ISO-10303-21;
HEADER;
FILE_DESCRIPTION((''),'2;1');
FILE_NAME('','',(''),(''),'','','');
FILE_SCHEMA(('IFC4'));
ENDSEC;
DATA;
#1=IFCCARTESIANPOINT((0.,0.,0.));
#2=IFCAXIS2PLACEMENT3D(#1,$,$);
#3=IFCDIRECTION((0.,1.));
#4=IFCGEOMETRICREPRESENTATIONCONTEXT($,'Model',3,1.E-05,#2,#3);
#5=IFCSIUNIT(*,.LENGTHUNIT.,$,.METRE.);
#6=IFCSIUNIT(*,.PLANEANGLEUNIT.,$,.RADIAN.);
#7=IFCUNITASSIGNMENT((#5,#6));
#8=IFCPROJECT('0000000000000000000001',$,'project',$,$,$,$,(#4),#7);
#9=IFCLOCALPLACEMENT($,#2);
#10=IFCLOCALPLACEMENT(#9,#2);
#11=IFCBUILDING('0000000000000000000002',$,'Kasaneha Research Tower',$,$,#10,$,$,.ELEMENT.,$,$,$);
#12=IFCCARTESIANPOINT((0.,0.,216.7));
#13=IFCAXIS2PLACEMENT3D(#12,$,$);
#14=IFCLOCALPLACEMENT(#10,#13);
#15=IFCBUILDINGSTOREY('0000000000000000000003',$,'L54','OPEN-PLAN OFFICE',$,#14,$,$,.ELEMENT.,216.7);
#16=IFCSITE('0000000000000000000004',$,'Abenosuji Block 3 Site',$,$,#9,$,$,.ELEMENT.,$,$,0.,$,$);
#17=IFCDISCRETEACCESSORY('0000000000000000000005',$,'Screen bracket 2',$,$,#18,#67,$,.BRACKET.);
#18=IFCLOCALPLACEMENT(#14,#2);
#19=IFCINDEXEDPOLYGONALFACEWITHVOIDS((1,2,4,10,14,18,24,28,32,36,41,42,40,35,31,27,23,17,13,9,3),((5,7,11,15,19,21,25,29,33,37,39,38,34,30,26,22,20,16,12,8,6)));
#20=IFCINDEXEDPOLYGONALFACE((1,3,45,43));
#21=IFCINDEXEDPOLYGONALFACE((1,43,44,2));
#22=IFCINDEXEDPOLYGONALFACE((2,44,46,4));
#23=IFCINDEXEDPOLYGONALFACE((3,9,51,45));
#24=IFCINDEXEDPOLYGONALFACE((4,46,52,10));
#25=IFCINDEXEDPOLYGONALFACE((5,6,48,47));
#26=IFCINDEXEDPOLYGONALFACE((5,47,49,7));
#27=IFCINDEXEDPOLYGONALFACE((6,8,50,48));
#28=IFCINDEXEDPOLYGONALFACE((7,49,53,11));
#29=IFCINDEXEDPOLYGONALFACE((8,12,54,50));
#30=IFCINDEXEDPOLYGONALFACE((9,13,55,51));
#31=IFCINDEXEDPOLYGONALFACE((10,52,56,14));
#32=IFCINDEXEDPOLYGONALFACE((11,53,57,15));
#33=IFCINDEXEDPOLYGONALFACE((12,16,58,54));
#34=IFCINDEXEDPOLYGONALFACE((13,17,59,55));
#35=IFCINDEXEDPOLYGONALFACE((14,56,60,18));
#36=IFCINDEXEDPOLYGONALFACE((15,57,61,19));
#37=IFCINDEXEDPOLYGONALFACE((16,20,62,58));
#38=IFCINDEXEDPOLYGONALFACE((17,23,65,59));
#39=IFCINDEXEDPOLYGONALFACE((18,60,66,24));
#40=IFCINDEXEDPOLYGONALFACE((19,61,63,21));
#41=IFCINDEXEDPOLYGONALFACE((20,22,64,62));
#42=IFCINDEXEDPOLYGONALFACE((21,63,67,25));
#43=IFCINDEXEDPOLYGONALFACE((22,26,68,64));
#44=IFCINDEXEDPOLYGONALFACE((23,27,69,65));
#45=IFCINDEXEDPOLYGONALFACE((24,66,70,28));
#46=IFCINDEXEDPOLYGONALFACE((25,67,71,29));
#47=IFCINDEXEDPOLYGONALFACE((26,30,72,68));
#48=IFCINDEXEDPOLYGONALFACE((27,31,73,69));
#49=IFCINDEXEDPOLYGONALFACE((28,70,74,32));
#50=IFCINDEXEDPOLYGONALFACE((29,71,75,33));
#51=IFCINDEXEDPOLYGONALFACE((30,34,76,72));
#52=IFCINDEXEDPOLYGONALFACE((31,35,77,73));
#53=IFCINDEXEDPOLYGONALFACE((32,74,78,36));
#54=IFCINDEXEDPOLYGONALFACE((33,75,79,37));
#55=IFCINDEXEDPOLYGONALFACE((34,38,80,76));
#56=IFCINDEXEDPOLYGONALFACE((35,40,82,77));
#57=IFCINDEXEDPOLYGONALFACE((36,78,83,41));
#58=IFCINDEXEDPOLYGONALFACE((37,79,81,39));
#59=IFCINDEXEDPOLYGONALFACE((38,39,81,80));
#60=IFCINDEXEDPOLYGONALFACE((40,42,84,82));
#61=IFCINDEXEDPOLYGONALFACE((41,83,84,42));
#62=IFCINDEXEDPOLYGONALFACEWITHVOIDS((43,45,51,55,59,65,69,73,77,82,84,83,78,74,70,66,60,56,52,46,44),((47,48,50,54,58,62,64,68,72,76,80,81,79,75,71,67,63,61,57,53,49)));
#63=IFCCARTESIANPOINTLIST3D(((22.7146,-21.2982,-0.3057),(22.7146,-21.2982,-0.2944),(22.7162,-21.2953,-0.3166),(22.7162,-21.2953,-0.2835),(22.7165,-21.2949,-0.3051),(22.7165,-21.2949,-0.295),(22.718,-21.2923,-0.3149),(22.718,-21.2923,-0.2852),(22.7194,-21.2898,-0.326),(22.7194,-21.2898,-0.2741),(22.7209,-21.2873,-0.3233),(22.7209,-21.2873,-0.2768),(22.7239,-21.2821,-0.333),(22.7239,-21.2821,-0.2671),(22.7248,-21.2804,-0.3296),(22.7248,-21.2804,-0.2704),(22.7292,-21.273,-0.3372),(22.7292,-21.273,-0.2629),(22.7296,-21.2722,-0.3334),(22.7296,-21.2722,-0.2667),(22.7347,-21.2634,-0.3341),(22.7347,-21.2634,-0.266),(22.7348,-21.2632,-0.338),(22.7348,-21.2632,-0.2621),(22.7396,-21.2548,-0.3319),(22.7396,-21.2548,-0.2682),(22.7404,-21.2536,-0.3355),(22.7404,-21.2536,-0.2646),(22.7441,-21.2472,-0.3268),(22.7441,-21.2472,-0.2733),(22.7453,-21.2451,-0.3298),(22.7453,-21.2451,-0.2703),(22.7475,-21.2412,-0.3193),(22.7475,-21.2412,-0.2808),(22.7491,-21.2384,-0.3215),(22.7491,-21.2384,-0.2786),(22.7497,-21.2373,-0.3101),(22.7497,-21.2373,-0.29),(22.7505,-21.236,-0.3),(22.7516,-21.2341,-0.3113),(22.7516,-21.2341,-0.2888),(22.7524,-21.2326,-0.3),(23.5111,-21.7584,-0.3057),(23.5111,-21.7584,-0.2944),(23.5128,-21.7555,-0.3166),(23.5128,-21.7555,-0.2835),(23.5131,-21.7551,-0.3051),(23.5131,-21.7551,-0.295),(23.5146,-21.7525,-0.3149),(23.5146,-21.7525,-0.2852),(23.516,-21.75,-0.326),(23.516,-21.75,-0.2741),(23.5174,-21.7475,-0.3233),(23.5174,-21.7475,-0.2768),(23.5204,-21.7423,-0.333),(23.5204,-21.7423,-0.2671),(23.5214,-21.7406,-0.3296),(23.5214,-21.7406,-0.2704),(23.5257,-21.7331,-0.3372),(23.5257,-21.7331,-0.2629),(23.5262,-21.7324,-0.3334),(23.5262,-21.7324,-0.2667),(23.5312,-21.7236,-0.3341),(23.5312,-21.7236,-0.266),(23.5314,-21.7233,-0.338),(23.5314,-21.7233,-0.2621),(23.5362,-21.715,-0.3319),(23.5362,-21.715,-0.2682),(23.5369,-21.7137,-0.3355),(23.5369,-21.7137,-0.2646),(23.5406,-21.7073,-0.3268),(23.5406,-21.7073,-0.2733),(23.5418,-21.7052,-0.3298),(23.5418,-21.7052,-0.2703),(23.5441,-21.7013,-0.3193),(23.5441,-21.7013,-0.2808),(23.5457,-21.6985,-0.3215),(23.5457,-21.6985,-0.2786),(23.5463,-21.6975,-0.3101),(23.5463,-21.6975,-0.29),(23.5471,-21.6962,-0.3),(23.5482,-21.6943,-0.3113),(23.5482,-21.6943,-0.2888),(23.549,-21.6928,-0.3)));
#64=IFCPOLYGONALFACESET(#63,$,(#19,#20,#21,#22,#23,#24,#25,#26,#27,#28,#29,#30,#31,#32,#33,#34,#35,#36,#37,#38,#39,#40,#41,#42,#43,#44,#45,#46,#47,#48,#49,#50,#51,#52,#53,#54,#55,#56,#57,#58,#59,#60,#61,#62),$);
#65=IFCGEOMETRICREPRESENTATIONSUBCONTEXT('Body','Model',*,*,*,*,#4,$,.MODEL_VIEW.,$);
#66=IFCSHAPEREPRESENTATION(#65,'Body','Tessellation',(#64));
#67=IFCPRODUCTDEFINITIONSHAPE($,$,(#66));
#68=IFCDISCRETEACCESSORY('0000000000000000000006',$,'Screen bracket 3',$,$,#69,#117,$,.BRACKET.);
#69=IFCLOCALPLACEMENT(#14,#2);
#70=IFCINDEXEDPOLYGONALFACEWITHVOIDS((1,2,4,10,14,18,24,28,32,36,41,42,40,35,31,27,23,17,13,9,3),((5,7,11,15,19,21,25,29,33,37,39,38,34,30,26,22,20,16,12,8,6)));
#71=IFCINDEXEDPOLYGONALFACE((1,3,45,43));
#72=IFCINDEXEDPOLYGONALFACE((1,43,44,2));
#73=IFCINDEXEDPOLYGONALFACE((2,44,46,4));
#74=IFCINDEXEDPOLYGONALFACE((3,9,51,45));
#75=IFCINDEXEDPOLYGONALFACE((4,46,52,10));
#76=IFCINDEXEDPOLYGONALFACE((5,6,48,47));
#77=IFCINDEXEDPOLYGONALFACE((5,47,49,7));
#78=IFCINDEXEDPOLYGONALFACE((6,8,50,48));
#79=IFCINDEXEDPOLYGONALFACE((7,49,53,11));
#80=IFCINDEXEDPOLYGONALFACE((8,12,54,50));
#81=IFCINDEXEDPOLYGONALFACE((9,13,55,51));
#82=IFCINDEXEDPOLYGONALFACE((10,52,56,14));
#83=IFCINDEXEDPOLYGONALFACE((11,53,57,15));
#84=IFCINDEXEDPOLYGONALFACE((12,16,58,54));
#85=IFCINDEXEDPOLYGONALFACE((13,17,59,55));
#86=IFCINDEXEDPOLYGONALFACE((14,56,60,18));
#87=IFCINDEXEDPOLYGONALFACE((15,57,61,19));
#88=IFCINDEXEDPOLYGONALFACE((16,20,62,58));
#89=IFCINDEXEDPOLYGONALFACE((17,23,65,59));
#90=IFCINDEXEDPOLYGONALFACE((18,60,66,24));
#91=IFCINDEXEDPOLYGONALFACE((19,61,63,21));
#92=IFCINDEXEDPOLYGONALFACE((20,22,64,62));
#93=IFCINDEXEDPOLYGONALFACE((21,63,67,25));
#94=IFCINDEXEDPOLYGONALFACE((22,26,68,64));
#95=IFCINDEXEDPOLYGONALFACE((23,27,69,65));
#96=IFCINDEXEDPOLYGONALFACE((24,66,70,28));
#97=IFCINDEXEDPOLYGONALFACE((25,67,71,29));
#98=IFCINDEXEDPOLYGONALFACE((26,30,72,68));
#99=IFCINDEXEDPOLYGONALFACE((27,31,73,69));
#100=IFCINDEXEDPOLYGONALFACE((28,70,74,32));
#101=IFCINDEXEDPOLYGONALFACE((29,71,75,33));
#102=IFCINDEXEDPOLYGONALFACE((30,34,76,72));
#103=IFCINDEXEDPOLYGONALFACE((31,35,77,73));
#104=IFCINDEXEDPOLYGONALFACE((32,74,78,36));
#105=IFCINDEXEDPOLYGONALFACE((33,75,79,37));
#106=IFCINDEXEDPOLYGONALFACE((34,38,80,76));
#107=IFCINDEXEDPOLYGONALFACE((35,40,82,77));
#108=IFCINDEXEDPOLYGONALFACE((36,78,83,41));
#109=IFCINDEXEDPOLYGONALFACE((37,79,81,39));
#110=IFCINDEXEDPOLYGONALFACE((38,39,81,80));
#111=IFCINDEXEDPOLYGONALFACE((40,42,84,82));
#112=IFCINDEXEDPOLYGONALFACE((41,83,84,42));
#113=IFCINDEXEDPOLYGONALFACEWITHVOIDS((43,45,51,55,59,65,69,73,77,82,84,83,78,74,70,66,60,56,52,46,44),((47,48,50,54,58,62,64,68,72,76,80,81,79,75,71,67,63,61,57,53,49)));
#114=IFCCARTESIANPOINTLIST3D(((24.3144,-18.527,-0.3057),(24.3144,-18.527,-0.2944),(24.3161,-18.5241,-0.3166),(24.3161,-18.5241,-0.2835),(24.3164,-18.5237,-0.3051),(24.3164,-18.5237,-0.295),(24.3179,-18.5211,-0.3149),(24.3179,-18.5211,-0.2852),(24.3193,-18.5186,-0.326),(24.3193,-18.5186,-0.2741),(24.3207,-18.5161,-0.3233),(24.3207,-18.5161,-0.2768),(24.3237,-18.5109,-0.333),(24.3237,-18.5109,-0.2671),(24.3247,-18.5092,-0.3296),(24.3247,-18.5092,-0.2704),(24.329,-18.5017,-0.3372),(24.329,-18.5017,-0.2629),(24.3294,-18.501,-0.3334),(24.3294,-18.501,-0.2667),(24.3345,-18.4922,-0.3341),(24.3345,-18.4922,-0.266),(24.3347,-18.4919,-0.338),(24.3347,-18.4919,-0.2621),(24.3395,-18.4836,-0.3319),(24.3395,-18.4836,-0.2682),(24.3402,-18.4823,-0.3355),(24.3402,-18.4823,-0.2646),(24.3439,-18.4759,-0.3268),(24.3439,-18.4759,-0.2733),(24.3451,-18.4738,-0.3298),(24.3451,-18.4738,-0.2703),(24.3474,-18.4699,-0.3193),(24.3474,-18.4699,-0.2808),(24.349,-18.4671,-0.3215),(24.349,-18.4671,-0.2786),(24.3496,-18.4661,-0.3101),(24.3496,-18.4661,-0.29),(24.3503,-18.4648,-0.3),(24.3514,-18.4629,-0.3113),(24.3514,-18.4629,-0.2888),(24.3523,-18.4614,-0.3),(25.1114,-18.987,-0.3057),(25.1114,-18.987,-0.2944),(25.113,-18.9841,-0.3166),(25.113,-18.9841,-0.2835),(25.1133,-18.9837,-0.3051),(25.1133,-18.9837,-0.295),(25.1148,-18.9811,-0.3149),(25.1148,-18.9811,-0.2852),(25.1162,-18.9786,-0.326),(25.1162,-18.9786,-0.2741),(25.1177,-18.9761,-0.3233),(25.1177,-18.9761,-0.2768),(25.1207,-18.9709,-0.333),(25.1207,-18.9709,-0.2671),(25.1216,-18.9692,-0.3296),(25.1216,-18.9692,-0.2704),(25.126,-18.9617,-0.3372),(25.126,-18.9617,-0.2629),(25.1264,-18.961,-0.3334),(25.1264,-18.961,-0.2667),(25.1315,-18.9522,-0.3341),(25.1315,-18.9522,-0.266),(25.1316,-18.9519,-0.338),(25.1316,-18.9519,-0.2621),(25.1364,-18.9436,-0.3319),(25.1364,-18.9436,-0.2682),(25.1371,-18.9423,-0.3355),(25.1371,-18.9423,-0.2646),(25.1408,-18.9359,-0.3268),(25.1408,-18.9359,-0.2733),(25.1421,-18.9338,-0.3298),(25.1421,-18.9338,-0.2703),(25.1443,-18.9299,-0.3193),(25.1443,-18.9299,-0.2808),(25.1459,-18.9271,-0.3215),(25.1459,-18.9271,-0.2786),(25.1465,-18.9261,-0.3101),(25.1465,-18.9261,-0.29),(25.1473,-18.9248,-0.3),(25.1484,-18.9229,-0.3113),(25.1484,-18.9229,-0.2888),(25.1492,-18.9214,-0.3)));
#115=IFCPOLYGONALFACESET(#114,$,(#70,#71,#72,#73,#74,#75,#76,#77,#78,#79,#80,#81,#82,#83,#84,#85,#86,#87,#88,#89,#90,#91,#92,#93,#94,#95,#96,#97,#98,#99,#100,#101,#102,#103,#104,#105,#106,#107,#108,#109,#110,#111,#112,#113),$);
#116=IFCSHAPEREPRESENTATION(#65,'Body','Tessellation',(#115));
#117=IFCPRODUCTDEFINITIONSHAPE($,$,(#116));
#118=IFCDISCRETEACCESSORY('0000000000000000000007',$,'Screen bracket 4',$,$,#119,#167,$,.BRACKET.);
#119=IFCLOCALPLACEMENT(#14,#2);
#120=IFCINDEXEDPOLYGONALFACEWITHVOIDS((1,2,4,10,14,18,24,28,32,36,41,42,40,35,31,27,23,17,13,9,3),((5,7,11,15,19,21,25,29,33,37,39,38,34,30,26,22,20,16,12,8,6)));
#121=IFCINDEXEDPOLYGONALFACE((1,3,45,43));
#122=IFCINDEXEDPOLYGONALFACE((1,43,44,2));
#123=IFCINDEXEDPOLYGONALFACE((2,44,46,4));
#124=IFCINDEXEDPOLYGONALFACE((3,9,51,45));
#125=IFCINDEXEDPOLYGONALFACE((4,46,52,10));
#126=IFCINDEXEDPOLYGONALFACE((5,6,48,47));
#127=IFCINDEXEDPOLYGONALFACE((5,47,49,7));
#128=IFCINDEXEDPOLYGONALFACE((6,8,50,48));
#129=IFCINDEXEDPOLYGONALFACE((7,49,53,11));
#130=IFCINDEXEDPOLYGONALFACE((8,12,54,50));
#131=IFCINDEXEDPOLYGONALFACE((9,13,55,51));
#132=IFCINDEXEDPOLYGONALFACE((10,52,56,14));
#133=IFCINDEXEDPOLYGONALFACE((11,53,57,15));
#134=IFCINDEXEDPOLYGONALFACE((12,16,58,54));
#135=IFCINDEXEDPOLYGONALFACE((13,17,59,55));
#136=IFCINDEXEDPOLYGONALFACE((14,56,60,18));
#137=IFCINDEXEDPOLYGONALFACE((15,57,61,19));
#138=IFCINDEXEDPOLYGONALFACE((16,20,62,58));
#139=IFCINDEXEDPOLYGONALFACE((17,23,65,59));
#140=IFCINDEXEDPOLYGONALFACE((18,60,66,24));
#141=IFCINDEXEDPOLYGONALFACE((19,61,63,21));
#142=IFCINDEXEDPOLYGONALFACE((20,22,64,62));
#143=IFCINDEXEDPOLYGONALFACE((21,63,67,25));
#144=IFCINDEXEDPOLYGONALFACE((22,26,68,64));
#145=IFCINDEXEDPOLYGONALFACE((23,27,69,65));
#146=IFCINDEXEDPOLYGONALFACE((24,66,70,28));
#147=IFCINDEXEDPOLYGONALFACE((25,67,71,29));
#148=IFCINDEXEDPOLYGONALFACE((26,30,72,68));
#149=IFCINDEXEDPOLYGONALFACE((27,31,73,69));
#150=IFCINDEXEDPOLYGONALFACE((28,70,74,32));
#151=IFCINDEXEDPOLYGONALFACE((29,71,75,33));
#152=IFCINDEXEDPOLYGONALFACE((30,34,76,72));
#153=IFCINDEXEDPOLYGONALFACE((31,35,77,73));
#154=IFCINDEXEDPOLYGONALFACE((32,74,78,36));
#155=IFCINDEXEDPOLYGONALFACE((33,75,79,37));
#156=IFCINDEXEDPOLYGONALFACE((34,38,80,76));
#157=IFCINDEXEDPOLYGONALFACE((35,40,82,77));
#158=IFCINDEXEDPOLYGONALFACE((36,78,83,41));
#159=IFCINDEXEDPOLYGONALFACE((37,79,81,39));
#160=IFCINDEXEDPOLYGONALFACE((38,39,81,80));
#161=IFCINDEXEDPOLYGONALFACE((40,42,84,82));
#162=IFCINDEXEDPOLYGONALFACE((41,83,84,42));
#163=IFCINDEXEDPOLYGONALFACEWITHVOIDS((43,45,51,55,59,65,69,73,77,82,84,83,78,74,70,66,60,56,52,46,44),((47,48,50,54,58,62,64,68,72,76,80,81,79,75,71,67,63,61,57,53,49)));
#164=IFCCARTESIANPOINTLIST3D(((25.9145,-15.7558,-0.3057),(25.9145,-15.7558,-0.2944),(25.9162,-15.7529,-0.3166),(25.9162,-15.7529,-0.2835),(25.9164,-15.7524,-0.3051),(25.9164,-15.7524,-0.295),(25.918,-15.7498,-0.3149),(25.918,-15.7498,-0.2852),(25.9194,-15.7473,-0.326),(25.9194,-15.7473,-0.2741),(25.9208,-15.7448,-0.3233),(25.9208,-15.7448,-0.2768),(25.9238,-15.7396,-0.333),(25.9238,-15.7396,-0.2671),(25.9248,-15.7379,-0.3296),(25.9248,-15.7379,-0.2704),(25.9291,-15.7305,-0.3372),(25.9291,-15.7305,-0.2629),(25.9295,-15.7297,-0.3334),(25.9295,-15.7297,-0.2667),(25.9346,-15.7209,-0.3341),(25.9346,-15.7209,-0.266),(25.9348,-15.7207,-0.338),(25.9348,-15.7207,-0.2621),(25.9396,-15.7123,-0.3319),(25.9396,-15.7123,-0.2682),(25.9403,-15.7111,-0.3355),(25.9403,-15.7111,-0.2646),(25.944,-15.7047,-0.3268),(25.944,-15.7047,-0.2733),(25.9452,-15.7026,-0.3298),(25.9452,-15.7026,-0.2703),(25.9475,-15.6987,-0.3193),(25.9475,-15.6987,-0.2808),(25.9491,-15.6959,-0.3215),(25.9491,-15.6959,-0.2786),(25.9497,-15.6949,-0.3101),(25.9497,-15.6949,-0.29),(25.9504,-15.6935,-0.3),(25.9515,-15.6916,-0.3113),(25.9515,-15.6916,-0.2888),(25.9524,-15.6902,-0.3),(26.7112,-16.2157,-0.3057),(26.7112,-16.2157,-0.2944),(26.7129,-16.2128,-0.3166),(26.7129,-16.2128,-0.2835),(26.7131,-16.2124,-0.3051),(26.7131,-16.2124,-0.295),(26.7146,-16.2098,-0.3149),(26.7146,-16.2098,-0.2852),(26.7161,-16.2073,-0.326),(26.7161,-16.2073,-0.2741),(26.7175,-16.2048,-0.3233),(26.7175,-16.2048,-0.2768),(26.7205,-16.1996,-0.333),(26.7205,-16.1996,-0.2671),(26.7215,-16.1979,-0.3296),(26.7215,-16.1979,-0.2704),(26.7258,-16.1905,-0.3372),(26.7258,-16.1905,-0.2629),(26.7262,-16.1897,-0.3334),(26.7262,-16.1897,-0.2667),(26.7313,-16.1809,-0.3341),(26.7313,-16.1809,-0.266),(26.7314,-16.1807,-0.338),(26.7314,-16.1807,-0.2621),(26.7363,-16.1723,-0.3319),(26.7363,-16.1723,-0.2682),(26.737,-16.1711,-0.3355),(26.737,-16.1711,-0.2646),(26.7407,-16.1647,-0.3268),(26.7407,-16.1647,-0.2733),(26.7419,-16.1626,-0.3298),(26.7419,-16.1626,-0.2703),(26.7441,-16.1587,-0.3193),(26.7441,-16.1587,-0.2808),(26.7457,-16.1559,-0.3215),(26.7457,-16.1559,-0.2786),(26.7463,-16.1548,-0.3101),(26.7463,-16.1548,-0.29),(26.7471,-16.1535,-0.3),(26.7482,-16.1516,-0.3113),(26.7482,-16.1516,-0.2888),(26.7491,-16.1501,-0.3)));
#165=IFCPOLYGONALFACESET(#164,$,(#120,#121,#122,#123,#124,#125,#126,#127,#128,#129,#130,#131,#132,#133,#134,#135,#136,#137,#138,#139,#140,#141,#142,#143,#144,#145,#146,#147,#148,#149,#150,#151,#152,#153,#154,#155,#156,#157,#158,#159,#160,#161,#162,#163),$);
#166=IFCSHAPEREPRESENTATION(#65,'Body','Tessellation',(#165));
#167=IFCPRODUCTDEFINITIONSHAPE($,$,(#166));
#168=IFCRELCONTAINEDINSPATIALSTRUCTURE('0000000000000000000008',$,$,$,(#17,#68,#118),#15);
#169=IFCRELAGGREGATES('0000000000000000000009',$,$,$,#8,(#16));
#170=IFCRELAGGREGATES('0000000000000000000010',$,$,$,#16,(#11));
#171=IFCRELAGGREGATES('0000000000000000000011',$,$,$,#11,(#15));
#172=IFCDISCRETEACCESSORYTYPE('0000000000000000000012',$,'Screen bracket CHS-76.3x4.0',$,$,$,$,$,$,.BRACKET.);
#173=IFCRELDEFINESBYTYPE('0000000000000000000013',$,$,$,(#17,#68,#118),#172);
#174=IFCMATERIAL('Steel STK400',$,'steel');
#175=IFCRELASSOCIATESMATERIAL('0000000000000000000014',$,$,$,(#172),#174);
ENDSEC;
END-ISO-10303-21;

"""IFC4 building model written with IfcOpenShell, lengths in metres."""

from ifc_helpers import new_model, si_unit, direction, frame, origin, origin_2d, place, context, subcontext, project, spatial, hollow_circle, extrude, material, material_profile, profile_set, type_object, element, save


model = new_model("IFC4")

# Units and contexts
model_context = context("Model", 3, precision=1e-05, world=origin(), true_north=direction((0.0, 1.0)))
body_context = subcontext(model_context, "Body", "Model", "MODEL_VIEW")
ifc_project = project(units=[si_unit("LENGTHUNIT", "METRE"), si_unit("PLANEANGLEUNIT", "RADIAN")], contexts=[model_context])

# Site, building, storey
site_placement = place(None, origin())
site = spatial("IfcSite", under=ifc_project, at=site_placement, Name="Abenosuji Block 3 Site", CompositionType="ELEMENT", RefElevation=0.0)
building_placement = place(site_placement, origin())
building = spatial("IfcBuilding", under=site, at=building_placement, Name="Kasaneha Research Tower", CompositionType="ELEMENT")
storey_placement = place(building_placement, frame((0.0, 0.0, 216.7)))
storey = spatial("IfcBuildingStorey", under=building, at=storey_placement, Name="L54", Description="OPEN-PLAN OFFICE", CompositionType="ELEMENT", Elevation=216.7)

# Discrete accessories
ifc_material_1 = material(Name="Steel STK400", Category="steel")
ifc_material_profile_1 = material_profile(ifc_material_1, hollow_circle(Radius=0.0381, WallThickness=0.0039, at=origin_2d()), Name="CHS-76.3x4.0")
ifc_profile_set_1 = profile_set([ifc_material_profile_1], Name="Steel STK400")
discrete_accessory_type = type_object("IfcDiscreteAccessoryType", Name="Screen bracket CHS-76.3x4.0", PredefinedType="BRACKET", material=ifc_profile_set_1)
discrete_accessory_1_placement = place(storey_placement, frame((22.7334, -21.2656, -0.3), z_axis=(0.865898, -0.50022, 0.0), x_axis=(0.50022, 0.865898, 0.0)))
element("IfcDiscreteAccessory", 1, at=discrete_accessory_1_placement, inside=storey, type_object=discrete_accessory_type, Name="Screen bracket 2", PredefinedType="BRACKET", context=body_context, shape_type="SweptSolid", body=[
    extrude(hollow_circle(Radius=0.0381, WallThickness=0.0039, at=origin_2d()), origin(), (0.0, 0.0, 1.0), 0.9199),
])
discrete_accessory_2_placement = place(storey_placement, frame((24.3333, -18.4944, -0.3), z_axis=(0.86608, -0.499906, 0.0), x_axis=(0.499906, 0.86608, 0.0)))
element("IfcDiscreteAccessory", 2, at=discrete_accessory_2_placement, inside=storey, type_object=discrete_accessory_type, Name="Screen bracket 3", PredefinedType="BRACKET", context=body_context, shape_type="SweptSolid", body=[
    extrude(hollow_circle(Radius=0.0381, WallThickness=0.0039, at=origin_2d()), origin(), (0.0, 0.0, 1.0), 0.9202),
])
discrete_accessory_3_placement = place(storey_placement, frame((25.9333, -15.7231, -0.3), z_axis=(0.866013, -0.500021, 0.0), x_axis=(0.500021, 0.866013, 0.0)))
element("IfcDiscreteAccessory", 3, at=discrete_accessory_3_placement, inside=storey, type_object=discrete_accessory_type, Name="Screen bracket 4", PredefinedType="BRACKET", context=body_context, shape_type="SweptSolid", body=[
    extrude(hollow_circle(Radius=0.0381, WallThickness=0.0039, at=origin_2d()), origin(), (0.0, 0.0, 1.0), 0.9199),
])

save(model, "model.ifc")
